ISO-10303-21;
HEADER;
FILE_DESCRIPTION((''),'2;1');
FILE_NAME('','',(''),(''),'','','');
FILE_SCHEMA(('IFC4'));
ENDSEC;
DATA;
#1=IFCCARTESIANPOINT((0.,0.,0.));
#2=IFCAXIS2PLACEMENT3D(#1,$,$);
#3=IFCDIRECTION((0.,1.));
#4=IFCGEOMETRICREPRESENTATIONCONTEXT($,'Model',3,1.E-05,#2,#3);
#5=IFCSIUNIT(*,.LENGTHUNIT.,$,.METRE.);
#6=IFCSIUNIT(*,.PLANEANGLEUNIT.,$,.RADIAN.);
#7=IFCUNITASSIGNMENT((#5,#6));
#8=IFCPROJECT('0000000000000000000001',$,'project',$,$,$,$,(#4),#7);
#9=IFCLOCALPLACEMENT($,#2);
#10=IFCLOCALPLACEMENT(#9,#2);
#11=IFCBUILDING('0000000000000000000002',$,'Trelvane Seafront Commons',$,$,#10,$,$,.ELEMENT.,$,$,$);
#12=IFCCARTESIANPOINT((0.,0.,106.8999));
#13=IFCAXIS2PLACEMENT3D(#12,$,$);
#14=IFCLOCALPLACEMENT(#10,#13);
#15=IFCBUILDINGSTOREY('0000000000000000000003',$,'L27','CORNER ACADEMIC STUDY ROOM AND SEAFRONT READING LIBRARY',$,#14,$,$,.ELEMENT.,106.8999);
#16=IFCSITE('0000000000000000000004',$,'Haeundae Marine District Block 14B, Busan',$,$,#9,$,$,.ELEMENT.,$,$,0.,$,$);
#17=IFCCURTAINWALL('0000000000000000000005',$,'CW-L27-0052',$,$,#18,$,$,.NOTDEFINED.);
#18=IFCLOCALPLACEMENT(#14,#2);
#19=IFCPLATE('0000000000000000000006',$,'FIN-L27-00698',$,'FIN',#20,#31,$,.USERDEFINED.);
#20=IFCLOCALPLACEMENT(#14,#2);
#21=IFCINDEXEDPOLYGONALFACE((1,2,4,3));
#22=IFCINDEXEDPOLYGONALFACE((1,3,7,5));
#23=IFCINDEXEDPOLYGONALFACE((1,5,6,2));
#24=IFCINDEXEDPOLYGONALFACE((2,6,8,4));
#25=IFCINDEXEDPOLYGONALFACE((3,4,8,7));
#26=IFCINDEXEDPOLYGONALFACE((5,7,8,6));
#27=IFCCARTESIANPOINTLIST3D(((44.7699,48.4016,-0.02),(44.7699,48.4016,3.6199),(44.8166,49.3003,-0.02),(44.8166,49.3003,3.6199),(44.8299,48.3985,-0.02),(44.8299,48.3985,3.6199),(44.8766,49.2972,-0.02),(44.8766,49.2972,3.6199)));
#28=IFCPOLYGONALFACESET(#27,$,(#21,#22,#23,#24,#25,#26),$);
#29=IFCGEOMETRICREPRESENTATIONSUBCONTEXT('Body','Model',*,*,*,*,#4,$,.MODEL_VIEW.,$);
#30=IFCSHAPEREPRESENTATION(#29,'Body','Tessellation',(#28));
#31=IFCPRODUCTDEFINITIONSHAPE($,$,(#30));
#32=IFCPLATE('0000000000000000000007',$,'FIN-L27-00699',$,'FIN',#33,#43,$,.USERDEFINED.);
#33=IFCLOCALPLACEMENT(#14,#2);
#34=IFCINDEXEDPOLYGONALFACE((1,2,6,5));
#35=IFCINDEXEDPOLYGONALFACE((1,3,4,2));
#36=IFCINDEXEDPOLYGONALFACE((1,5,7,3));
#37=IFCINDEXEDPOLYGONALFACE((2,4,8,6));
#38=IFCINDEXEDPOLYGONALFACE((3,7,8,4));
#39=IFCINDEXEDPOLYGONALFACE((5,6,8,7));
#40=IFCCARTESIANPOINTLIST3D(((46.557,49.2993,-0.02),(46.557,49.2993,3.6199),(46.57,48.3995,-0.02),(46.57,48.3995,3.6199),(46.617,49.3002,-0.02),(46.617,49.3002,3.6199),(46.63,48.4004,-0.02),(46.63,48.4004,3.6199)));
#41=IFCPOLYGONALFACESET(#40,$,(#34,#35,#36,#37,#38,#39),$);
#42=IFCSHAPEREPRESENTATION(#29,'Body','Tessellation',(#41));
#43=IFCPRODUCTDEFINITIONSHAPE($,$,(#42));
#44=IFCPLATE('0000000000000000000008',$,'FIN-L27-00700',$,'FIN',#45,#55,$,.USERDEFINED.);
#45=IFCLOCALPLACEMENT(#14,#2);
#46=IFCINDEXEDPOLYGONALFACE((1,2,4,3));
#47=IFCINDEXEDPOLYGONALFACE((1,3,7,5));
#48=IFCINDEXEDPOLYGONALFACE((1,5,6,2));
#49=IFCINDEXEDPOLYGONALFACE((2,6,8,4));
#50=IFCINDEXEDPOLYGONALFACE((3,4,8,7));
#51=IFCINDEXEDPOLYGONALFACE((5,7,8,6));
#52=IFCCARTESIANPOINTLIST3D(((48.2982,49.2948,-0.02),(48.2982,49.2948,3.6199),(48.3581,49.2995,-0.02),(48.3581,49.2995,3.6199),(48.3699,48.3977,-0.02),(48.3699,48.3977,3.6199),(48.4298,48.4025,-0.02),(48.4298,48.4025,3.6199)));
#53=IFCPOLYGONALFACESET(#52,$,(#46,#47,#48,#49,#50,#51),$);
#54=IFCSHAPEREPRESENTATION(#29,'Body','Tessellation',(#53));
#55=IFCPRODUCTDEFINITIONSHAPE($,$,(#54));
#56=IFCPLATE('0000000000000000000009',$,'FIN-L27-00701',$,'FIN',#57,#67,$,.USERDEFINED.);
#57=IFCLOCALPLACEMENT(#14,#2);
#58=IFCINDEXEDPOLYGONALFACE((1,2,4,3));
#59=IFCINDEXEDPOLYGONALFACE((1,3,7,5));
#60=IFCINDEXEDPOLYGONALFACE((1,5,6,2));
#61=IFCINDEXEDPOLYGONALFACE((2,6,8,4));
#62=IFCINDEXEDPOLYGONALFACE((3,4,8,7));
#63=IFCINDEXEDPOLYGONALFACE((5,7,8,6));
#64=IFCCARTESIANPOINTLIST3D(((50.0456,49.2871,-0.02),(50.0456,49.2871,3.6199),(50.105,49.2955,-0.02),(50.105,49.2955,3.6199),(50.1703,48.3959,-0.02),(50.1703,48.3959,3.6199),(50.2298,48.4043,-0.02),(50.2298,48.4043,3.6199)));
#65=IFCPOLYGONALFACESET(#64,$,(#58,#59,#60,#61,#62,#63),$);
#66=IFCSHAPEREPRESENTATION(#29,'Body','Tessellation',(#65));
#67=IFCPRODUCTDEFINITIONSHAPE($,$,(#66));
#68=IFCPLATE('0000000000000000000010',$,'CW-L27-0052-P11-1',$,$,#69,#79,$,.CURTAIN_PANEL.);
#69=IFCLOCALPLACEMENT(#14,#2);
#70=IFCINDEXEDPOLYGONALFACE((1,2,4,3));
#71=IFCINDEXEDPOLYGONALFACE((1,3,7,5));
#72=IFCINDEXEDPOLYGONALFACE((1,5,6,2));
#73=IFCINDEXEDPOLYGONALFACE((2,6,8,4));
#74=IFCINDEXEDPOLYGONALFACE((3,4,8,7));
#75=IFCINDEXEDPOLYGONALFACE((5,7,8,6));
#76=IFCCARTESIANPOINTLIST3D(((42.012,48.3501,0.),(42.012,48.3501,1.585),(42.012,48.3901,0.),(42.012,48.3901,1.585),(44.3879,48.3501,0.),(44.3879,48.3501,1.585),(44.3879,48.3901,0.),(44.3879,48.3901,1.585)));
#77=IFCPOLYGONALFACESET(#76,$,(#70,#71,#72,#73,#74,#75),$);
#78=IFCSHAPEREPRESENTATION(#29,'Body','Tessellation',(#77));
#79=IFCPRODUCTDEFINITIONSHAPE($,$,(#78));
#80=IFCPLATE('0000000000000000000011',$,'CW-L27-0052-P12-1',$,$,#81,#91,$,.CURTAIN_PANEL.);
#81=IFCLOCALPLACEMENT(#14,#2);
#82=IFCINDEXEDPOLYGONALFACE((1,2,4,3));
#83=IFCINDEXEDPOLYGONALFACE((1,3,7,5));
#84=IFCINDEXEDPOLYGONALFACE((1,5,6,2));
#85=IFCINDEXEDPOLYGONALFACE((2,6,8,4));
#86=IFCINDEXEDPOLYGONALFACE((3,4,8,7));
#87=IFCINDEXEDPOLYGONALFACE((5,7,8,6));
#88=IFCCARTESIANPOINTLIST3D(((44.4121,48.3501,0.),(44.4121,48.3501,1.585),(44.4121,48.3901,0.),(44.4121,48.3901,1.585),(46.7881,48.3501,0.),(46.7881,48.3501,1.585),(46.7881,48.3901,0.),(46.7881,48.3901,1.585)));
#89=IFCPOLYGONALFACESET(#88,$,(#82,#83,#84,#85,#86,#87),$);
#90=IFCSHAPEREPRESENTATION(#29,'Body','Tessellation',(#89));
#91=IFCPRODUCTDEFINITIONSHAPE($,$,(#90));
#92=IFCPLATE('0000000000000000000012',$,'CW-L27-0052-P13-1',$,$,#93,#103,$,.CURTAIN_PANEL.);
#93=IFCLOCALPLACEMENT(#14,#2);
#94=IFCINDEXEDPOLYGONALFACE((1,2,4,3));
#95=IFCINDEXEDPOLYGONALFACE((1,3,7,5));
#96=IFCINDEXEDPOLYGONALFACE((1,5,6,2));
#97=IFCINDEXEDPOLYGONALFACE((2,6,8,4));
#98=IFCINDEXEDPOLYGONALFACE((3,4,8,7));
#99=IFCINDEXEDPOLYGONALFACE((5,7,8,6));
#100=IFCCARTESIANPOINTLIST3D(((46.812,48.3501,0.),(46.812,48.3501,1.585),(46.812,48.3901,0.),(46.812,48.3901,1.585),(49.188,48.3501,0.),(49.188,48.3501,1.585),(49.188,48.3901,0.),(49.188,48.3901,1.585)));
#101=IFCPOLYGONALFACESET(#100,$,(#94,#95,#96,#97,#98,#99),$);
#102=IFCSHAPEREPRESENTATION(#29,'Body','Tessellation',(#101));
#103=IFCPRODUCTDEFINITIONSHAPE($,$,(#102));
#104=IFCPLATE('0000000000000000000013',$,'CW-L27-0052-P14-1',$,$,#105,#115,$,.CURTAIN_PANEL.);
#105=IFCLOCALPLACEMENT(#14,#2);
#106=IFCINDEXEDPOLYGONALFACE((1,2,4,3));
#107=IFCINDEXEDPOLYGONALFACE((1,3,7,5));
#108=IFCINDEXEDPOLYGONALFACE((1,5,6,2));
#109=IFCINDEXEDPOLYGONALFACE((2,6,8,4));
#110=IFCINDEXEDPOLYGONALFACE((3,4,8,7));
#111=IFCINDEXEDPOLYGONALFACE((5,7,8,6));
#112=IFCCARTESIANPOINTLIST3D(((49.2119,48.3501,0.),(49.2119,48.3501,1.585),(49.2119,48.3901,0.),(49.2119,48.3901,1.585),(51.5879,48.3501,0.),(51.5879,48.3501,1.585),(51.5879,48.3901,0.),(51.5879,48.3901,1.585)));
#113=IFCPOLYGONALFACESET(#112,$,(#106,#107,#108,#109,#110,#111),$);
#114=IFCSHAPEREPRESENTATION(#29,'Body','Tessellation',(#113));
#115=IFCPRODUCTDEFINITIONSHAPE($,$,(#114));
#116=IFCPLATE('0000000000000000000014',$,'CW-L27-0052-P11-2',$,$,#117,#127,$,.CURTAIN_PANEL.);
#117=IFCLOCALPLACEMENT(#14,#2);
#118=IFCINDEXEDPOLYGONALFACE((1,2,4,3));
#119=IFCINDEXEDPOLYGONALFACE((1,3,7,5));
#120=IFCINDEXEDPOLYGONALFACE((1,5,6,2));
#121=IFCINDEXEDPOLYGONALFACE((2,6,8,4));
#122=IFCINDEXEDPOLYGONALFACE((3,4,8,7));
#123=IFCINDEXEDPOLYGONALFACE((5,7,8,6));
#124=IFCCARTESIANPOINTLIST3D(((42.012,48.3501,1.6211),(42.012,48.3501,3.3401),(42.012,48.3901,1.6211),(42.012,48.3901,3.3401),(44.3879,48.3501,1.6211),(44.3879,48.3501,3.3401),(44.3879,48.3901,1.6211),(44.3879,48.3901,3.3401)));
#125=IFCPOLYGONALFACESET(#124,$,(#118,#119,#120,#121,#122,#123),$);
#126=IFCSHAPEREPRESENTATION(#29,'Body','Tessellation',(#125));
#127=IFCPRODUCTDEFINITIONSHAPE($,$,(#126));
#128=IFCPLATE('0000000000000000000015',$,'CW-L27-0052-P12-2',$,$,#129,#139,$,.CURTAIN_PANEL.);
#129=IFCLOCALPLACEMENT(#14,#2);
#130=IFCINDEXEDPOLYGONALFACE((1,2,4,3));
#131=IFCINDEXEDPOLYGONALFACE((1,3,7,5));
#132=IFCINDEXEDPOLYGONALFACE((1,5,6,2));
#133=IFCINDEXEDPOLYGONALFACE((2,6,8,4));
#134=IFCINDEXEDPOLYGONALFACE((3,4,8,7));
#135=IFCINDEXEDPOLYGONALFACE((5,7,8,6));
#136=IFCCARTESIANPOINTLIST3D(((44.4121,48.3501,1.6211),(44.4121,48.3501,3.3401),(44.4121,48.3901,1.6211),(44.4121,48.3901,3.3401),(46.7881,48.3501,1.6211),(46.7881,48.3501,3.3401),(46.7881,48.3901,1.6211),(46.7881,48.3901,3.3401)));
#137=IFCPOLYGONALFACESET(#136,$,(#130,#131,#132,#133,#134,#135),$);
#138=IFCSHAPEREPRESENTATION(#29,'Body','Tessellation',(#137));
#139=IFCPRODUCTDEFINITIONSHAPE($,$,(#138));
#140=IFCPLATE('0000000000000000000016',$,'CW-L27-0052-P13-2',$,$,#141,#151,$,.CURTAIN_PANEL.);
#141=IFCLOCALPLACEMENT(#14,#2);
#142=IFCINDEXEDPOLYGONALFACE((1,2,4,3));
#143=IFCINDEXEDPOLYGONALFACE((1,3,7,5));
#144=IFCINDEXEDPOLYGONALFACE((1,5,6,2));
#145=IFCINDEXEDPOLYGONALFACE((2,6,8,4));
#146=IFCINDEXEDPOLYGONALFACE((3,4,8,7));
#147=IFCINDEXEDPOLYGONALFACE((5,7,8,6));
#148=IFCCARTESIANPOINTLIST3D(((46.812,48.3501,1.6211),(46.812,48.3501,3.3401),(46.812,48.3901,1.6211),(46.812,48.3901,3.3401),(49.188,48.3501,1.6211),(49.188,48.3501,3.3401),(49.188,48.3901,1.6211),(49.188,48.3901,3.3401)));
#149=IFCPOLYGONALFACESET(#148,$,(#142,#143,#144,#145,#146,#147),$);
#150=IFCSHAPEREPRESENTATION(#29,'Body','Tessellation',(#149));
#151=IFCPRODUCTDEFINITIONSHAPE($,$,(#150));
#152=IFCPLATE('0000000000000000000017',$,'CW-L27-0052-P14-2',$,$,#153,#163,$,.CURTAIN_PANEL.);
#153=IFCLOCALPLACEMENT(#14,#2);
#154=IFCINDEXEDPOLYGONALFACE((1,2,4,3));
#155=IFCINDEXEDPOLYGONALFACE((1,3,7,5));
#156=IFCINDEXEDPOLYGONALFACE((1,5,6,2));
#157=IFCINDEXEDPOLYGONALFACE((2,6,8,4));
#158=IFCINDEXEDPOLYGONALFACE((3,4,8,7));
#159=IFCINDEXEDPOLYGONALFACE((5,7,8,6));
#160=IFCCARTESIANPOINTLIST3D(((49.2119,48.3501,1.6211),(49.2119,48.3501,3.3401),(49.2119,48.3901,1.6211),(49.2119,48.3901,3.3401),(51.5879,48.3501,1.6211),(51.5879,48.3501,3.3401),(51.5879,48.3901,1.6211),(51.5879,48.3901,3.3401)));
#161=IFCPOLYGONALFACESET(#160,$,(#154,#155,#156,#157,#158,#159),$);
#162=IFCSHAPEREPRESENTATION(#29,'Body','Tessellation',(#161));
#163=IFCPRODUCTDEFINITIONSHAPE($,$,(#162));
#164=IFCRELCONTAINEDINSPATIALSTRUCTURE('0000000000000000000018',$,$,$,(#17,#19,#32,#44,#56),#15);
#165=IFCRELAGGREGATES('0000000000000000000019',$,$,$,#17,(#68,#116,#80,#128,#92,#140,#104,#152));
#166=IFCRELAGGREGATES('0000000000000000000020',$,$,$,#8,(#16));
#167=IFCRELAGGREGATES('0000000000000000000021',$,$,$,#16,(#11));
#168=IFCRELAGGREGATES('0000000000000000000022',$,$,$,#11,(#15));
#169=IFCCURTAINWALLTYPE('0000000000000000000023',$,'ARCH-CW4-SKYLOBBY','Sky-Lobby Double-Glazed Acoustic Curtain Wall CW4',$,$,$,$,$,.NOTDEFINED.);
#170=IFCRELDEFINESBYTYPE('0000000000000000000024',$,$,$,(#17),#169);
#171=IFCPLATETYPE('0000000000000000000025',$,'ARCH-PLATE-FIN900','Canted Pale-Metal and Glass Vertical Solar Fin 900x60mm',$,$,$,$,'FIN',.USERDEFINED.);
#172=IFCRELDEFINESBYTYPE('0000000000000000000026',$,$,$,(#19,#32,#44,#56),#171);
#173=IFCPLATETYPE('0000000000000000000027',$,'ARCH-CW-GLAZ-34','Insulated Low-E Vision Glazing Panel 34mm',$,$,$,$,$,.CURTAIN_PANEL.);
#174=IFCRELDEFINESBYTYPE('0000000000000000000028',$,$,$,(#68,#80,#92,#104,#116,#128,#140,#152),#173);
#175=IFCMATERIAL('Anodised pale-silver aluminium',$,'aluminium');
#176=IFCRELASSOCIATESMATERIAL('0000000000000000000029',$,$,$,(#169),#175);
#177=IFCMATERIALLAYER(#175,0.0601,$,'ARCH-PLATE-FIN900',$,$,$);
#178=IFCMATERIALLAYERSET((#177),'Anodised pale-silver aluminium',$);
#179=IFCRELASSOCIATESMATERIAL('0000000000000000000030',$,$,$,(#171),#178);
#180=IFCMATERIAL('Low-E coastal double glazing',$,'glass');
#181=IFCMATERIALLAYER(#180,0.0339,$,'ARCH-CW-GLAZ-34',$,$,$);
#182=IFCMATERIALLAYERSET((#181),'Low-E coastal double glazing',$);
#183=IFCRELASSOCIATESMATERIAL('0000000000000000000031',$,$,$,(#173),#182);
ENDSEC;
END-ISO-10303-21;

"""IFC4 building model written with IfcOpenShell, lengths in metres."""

from ifc_helpers import new_model, si_unit, direction, frame, origin, origin_2d, place, context, subcontext, project, spatial, rectangle, extrude, source, transform, mapped, material, layer, layer_set, type_object, element, aggregate, save


model = new_model("IFC4")

# Units and contexts
model_context = context("Model", 3, precision=1e-05, world=origin(), true_north=direction((0.0, 1.0)))
body_context = subcontext(model_context, "Body", "Model", "MODEL_VIEW")
ifc_project = project(units=[si_unit("LENGTHUNIT", "METRE"), si_unit("PLANEANGLEUNIT", "RADIAN")], contexts=[model_context])

# Site, building, storey
site_placement = place(None, origin())
site = spatial("IfcSite", under=ifc_project, at=site_placement, Name="Haeundae Marine District Block 14B, Busan", CompositionType="ELEMENT", RefElevation=0.0)
building_placement = place(site_placement, origin())
building = spatial("IfcBuilding", under=site, at=building_placement, Name="Trelvane Seafront Commons", CompositionType="ELEMENT")
storey_placement = place(building_placement, frame((0.0, 0.0, 106.8999)))
storey = spatial("IfcBuildingStorey", under=building, at=storey_placement, Name="L27", Description="CORNER ACADEMIC STUDY ROOM AND SEAFRONT READING LIBRARY", CompositionType="ELEMENT", Elevation=106.8999)

# Curtain wall
ifc_material_1 = material(Name="Anodised pale-silver aluminium", Category="aluminium")
curtain_wall_type = type_object("IfcCurtainWallType", Name="ARCH-CW4-SKYLOBBY", Description="Sky-Lobby Double-Glazed Acoustic Curtain Wall CW4", PredefinedType="NOTDEFINED", material=ifc_material_1)
curtain_wall_placement = place(storey_placement, origin())
curtain_wall = element("IfcCurtainWall", 1, at=curtain_wall_placement, inside=storey, type_object=curtain_wall_type, Name="CW-L27-0052", PredefinedType="NOTDEFINED")

# Plates
ifc_layer_1 = layer(ifc_material_1, 0.0601, Name="ARCH-PLATE-FIN900")
ifc_layer_set_1 = layer_set([ifc_layer_1], Name="Anodised pale-silver aluminium")
plate_type_1 = type_object("IfcPlateType", Name="ARCH-PLATE-FIN900", Description="Canted Pale-Metal and Glass Vertical Solar Fin 900x60mm", ElementType="FIN", PredefinedType="USERDEFINED", material=ifc_layer_set_1)
shared_shape_1 = source(origin(), body_context, "Body", "SweptSolid", [
    extrude(rectangle(XDim=0.8999, YDim=0.0601, at=origin_2d()), origin(), (0.0, 0.0, 1.0), 3.6399),
])
for number, where, z_axis, x_axis, name in (
    (2, (44.8232, 48.8494, -0.02), (0.0, 0.0, 1.0), (0.051888, 0.998653, 0.0), "FIN-L27-00698"),
    (3, (46.5935, 48.8499, -0.02), (0.0, 0.0, 1.0), (-0.014444, 0.999896, 0.0), "FIN-L27-00699"),
    (4, (48.364, 48.8486, -0.02), (0.0, 0.0, 1.0), (-0.07967, 0.996821, 0.0), "FIN-L27-00700"),
    (5, (50.1377, 48.8457, -0.02), (0.0, 0.0, 1.0), (-0.138667, 0.990339, 0.0), "FIN-L27-00701"),
):
    element("IfcPlate", number, at=place(storey_placement, frame(where, z_axis=z_axis, x_axis=x_axis)), inside=storey, type_object=plate_type_1, Name=name, ObjectType="FIN", PredefinedType="USERDEFINED", context=body_context, shape_type="MappedRepresentation", body=[
        mapped(shared_shape_1, transform((0.0, 0.0, 0.0), x_axis=(1.0, 0.0, 0.0), y_axis=(0.0, 1.0, 0.0), z_axis=(0.0, 0.0, 1.0), scale=1.0)),
    ])

# Plates
ifc_material_2 = material(Name="Low-E coastal double glazing", Category="glass")
ifc_layer_2 = layer(ifc_material_2, 0.0339, Name="ARCH-CW-GLAZ-34")
ifc_layer_set_2 = layer_set([ifc_layer_2], Name="Low-E coastal double glazing")
plate_type_2 = type_object("IfcPlateType", Name="ARCH-CW-GLAZ-34", Description="Insulated Low-E Vision Glazing Panel 34mm", PredefinedType="CURTAIN_PANEL", material=ifc_layer_set_2)
shared_shape_2 = source(origin(), body_context, "Body", "SweptSolid", [
    extrude(rectangle(XDim=2.376, YDim=0.04, at=origin_2d()), origin(), (0.0, 0.0, 1.0), 1.585),
])
plate_1_placement = place(storey_placement, frame((43.2, 48.3701, 0.0), z_axis=(0.0, 0.0, 1.0), x_axis=(1.0, 0.0, 0.0)))
plate_1 = element("IfcPlate", 6, at=plate_1_placement, type_object=plate_type_2, Name="CW-L27-0052-P11-1", PredefinedType="CURTAIN_PANEL", context=body_context, shape_type="MappedRepresentation", body=[
    mapped(shared_shape_2, transform((0.0, 0.0, 0.0), x_axis=(1.0, 0.0, 0.0), y_axis=(0.0, 1.0, 0.0), z_axis=(0.0, 0.0, 1.0), scale=1.0)),
])
plate_2_placement = place(storey_placement, frame((45.6001, 48.3701, 0.0), z_axis=(0.0, 0.0, 1.0), x_axis=(1.0, 0.0, 0.0)))
plate_2 = element("IfcPlate", 7, at=plate_2_placement, type_object=plate_type_2, Name="CW-L27-0052-P12-1", PredefinedType="CURTAIN_PANEL", context=body_context, shape_type="MappedRepresentation", body=[
    mapped(shared_shape_2, transform((0.0, 0.0, 0.0), x_axis=(1.0, 0.0, 0.0), y_axis=(0.0, 1.0, 0.0), z_axis=(0.0, 0.0, 1.0), scale=1.0)),
])
plate_3_placement = place(storey_placement, frame((48.0, 48.3701, 0.0), z_axis=(0.0, 0.0, 1.0), x_axis=(1.0, 0.0, 0.0)))
plate_3 = element("IfcPlate", 8, at=plate_3_placement, type_object=plate_type_2, Name="CW-L27-0052-P13-1", PredefinedType="CURTAIN_PANEL", context=body_context, shape_type="MappedRepresentation", body=[
    mapped(shared_shape_2, transform((0.0, 0.0, 0.0), x_axis=(1.0, 0.0, 0.0), y_axis=(0.0, 1.0, 0.0), z_axis=(0.0, 0.0, 1.0), scale=1.0)),
])
plate_4_placement = place(storey_placement, frame((50.3999, 48.3701, 0.0), z_axis=(0.0, 0.0, 1.0), x_axis=(1.0, 0.0, 0.0)))
plate_4 = element("IfcPlate", 9, at=plate_4_placement, type_object=plate_type_2, Name="CW-L27-0052-P14-1", PredefinedType="CURTAIN_PANEL", context=body_context, shape_type="MappedRepresentation", body=[
    mapped(shared_shape_2, transform((0.0, 0.0, 0.0), x_axis=(1.0, 0.0, 0.0), y_axis=(0.0, 1.0, 0.0), z_axis=(0.0, 0.0, 1.0), scale=1.0)),
])
shared_shape_3 = source(origin(), body_context, "Body", "SweptSolid", [
    extrude(rectangle(XDim=2.376, YDim=0.04, at=origin_2d()), origin(), (0.0, 0.0, 1.0), 1.719),
])
plate_5_placement = place(storey_placement, frame((43.2, 48.3701, 1.6211), z_axis=(0.0, 0.0, 1.0), x_axis=(1.0, 0.0, 0.0)))
plate_5 = element("IfcPlate", 10, at=plate_5_placement, type_object=plate_type_2, Name="CW-L27-0052-P11-2", PredefinedType="CURTAIN_PANEL", context=body_context, shape_type="MappedRepresentation", body=[
    mapped(shared_shape_3, transform((0.0, 0.0, 0.0), x_axis=(1.0, 0.0, 0.0), y_axis=(0.0, 1.0, 0.0), z_axis=(0.0, 0.0, 1.0), scale=1.0)),
])
plate_6_placement = place(storey_placement, frame((45.6001, 48.3701, 1.6211), z_axis=(0.0, 0.0, 1.0), x_axis=(1.0, 0.0, 0.0)))
plate_6 = element("IfcPlate", 11, at=plate_6_placement, type_object=plate_type_2, Name="CW-L27-0052-P12-2", PredefinedType="CURTAIN_PANEL", context=body_context, shape_type="MappedRepresentation", body=[
    mapped(shared_shape_3, transform((0.0, 0.0, 0.0), x_axis=(1.0, 0.0, 0.0), y_axis=(0.0, 1.0, 0.0), z_axis=(0.0, 0.0, 1.0), scale=1.0)),
])
plate_7_placement = place(storey_placement, frame((48.0, 48.3701, 1.6211), z_axis=(0.0, 0.0, 1.0), x_axis=(1.0, 0.0, 0.0)))
plate_7 = element("IfcPlate", 12, at=plate_7_placement, type_object=plate_type_2, Name="CW-L27-0052-P13-2", PredefinedType="CURTAIN_PANEL", context=body_context, shape_type="MappedRepresentation", body=[
    mapped(shared_shape_3, transform((0.0, 0.0, 0.0), x_axis=(1.0, 0.0, 0.0), y_axis=(0.0, 1.0, 0.0), z_axis=(0.0, 0.0, 1.0), scale=1.0)),
])
plate_8_placement = place(storey_placement, frame((50.3999, 48.3701, 1.6211), z_axis=(0.0, 0.0, 1.0), x_axis=(1.0, 0.0, 0.0)))
plate_8 = element("IfcPlate", 13, at=plate_8_placement, type_object=plate_type_2, Name="CW-L27-0052-P14-2", PredefinedType="CURTAIN_PANEL", context=body_context, shape_type="MappedRepresentation", body=[
    mapped(shared_shape_3, transform((0.0, 0.0, 0.0), x_axis=(1.0, 0.0, 0.0), y_axis=(0.0, 1.0, 0.0), z_axis=(0.0, 0.0, 1.0), scale=1.0)),
])
aggregate(curtain_wall, [plate_1, plate_5, plate_2, plate_6, plate_3, plate_7, plate_4, plate_8])

save(model, "model.ifc")
